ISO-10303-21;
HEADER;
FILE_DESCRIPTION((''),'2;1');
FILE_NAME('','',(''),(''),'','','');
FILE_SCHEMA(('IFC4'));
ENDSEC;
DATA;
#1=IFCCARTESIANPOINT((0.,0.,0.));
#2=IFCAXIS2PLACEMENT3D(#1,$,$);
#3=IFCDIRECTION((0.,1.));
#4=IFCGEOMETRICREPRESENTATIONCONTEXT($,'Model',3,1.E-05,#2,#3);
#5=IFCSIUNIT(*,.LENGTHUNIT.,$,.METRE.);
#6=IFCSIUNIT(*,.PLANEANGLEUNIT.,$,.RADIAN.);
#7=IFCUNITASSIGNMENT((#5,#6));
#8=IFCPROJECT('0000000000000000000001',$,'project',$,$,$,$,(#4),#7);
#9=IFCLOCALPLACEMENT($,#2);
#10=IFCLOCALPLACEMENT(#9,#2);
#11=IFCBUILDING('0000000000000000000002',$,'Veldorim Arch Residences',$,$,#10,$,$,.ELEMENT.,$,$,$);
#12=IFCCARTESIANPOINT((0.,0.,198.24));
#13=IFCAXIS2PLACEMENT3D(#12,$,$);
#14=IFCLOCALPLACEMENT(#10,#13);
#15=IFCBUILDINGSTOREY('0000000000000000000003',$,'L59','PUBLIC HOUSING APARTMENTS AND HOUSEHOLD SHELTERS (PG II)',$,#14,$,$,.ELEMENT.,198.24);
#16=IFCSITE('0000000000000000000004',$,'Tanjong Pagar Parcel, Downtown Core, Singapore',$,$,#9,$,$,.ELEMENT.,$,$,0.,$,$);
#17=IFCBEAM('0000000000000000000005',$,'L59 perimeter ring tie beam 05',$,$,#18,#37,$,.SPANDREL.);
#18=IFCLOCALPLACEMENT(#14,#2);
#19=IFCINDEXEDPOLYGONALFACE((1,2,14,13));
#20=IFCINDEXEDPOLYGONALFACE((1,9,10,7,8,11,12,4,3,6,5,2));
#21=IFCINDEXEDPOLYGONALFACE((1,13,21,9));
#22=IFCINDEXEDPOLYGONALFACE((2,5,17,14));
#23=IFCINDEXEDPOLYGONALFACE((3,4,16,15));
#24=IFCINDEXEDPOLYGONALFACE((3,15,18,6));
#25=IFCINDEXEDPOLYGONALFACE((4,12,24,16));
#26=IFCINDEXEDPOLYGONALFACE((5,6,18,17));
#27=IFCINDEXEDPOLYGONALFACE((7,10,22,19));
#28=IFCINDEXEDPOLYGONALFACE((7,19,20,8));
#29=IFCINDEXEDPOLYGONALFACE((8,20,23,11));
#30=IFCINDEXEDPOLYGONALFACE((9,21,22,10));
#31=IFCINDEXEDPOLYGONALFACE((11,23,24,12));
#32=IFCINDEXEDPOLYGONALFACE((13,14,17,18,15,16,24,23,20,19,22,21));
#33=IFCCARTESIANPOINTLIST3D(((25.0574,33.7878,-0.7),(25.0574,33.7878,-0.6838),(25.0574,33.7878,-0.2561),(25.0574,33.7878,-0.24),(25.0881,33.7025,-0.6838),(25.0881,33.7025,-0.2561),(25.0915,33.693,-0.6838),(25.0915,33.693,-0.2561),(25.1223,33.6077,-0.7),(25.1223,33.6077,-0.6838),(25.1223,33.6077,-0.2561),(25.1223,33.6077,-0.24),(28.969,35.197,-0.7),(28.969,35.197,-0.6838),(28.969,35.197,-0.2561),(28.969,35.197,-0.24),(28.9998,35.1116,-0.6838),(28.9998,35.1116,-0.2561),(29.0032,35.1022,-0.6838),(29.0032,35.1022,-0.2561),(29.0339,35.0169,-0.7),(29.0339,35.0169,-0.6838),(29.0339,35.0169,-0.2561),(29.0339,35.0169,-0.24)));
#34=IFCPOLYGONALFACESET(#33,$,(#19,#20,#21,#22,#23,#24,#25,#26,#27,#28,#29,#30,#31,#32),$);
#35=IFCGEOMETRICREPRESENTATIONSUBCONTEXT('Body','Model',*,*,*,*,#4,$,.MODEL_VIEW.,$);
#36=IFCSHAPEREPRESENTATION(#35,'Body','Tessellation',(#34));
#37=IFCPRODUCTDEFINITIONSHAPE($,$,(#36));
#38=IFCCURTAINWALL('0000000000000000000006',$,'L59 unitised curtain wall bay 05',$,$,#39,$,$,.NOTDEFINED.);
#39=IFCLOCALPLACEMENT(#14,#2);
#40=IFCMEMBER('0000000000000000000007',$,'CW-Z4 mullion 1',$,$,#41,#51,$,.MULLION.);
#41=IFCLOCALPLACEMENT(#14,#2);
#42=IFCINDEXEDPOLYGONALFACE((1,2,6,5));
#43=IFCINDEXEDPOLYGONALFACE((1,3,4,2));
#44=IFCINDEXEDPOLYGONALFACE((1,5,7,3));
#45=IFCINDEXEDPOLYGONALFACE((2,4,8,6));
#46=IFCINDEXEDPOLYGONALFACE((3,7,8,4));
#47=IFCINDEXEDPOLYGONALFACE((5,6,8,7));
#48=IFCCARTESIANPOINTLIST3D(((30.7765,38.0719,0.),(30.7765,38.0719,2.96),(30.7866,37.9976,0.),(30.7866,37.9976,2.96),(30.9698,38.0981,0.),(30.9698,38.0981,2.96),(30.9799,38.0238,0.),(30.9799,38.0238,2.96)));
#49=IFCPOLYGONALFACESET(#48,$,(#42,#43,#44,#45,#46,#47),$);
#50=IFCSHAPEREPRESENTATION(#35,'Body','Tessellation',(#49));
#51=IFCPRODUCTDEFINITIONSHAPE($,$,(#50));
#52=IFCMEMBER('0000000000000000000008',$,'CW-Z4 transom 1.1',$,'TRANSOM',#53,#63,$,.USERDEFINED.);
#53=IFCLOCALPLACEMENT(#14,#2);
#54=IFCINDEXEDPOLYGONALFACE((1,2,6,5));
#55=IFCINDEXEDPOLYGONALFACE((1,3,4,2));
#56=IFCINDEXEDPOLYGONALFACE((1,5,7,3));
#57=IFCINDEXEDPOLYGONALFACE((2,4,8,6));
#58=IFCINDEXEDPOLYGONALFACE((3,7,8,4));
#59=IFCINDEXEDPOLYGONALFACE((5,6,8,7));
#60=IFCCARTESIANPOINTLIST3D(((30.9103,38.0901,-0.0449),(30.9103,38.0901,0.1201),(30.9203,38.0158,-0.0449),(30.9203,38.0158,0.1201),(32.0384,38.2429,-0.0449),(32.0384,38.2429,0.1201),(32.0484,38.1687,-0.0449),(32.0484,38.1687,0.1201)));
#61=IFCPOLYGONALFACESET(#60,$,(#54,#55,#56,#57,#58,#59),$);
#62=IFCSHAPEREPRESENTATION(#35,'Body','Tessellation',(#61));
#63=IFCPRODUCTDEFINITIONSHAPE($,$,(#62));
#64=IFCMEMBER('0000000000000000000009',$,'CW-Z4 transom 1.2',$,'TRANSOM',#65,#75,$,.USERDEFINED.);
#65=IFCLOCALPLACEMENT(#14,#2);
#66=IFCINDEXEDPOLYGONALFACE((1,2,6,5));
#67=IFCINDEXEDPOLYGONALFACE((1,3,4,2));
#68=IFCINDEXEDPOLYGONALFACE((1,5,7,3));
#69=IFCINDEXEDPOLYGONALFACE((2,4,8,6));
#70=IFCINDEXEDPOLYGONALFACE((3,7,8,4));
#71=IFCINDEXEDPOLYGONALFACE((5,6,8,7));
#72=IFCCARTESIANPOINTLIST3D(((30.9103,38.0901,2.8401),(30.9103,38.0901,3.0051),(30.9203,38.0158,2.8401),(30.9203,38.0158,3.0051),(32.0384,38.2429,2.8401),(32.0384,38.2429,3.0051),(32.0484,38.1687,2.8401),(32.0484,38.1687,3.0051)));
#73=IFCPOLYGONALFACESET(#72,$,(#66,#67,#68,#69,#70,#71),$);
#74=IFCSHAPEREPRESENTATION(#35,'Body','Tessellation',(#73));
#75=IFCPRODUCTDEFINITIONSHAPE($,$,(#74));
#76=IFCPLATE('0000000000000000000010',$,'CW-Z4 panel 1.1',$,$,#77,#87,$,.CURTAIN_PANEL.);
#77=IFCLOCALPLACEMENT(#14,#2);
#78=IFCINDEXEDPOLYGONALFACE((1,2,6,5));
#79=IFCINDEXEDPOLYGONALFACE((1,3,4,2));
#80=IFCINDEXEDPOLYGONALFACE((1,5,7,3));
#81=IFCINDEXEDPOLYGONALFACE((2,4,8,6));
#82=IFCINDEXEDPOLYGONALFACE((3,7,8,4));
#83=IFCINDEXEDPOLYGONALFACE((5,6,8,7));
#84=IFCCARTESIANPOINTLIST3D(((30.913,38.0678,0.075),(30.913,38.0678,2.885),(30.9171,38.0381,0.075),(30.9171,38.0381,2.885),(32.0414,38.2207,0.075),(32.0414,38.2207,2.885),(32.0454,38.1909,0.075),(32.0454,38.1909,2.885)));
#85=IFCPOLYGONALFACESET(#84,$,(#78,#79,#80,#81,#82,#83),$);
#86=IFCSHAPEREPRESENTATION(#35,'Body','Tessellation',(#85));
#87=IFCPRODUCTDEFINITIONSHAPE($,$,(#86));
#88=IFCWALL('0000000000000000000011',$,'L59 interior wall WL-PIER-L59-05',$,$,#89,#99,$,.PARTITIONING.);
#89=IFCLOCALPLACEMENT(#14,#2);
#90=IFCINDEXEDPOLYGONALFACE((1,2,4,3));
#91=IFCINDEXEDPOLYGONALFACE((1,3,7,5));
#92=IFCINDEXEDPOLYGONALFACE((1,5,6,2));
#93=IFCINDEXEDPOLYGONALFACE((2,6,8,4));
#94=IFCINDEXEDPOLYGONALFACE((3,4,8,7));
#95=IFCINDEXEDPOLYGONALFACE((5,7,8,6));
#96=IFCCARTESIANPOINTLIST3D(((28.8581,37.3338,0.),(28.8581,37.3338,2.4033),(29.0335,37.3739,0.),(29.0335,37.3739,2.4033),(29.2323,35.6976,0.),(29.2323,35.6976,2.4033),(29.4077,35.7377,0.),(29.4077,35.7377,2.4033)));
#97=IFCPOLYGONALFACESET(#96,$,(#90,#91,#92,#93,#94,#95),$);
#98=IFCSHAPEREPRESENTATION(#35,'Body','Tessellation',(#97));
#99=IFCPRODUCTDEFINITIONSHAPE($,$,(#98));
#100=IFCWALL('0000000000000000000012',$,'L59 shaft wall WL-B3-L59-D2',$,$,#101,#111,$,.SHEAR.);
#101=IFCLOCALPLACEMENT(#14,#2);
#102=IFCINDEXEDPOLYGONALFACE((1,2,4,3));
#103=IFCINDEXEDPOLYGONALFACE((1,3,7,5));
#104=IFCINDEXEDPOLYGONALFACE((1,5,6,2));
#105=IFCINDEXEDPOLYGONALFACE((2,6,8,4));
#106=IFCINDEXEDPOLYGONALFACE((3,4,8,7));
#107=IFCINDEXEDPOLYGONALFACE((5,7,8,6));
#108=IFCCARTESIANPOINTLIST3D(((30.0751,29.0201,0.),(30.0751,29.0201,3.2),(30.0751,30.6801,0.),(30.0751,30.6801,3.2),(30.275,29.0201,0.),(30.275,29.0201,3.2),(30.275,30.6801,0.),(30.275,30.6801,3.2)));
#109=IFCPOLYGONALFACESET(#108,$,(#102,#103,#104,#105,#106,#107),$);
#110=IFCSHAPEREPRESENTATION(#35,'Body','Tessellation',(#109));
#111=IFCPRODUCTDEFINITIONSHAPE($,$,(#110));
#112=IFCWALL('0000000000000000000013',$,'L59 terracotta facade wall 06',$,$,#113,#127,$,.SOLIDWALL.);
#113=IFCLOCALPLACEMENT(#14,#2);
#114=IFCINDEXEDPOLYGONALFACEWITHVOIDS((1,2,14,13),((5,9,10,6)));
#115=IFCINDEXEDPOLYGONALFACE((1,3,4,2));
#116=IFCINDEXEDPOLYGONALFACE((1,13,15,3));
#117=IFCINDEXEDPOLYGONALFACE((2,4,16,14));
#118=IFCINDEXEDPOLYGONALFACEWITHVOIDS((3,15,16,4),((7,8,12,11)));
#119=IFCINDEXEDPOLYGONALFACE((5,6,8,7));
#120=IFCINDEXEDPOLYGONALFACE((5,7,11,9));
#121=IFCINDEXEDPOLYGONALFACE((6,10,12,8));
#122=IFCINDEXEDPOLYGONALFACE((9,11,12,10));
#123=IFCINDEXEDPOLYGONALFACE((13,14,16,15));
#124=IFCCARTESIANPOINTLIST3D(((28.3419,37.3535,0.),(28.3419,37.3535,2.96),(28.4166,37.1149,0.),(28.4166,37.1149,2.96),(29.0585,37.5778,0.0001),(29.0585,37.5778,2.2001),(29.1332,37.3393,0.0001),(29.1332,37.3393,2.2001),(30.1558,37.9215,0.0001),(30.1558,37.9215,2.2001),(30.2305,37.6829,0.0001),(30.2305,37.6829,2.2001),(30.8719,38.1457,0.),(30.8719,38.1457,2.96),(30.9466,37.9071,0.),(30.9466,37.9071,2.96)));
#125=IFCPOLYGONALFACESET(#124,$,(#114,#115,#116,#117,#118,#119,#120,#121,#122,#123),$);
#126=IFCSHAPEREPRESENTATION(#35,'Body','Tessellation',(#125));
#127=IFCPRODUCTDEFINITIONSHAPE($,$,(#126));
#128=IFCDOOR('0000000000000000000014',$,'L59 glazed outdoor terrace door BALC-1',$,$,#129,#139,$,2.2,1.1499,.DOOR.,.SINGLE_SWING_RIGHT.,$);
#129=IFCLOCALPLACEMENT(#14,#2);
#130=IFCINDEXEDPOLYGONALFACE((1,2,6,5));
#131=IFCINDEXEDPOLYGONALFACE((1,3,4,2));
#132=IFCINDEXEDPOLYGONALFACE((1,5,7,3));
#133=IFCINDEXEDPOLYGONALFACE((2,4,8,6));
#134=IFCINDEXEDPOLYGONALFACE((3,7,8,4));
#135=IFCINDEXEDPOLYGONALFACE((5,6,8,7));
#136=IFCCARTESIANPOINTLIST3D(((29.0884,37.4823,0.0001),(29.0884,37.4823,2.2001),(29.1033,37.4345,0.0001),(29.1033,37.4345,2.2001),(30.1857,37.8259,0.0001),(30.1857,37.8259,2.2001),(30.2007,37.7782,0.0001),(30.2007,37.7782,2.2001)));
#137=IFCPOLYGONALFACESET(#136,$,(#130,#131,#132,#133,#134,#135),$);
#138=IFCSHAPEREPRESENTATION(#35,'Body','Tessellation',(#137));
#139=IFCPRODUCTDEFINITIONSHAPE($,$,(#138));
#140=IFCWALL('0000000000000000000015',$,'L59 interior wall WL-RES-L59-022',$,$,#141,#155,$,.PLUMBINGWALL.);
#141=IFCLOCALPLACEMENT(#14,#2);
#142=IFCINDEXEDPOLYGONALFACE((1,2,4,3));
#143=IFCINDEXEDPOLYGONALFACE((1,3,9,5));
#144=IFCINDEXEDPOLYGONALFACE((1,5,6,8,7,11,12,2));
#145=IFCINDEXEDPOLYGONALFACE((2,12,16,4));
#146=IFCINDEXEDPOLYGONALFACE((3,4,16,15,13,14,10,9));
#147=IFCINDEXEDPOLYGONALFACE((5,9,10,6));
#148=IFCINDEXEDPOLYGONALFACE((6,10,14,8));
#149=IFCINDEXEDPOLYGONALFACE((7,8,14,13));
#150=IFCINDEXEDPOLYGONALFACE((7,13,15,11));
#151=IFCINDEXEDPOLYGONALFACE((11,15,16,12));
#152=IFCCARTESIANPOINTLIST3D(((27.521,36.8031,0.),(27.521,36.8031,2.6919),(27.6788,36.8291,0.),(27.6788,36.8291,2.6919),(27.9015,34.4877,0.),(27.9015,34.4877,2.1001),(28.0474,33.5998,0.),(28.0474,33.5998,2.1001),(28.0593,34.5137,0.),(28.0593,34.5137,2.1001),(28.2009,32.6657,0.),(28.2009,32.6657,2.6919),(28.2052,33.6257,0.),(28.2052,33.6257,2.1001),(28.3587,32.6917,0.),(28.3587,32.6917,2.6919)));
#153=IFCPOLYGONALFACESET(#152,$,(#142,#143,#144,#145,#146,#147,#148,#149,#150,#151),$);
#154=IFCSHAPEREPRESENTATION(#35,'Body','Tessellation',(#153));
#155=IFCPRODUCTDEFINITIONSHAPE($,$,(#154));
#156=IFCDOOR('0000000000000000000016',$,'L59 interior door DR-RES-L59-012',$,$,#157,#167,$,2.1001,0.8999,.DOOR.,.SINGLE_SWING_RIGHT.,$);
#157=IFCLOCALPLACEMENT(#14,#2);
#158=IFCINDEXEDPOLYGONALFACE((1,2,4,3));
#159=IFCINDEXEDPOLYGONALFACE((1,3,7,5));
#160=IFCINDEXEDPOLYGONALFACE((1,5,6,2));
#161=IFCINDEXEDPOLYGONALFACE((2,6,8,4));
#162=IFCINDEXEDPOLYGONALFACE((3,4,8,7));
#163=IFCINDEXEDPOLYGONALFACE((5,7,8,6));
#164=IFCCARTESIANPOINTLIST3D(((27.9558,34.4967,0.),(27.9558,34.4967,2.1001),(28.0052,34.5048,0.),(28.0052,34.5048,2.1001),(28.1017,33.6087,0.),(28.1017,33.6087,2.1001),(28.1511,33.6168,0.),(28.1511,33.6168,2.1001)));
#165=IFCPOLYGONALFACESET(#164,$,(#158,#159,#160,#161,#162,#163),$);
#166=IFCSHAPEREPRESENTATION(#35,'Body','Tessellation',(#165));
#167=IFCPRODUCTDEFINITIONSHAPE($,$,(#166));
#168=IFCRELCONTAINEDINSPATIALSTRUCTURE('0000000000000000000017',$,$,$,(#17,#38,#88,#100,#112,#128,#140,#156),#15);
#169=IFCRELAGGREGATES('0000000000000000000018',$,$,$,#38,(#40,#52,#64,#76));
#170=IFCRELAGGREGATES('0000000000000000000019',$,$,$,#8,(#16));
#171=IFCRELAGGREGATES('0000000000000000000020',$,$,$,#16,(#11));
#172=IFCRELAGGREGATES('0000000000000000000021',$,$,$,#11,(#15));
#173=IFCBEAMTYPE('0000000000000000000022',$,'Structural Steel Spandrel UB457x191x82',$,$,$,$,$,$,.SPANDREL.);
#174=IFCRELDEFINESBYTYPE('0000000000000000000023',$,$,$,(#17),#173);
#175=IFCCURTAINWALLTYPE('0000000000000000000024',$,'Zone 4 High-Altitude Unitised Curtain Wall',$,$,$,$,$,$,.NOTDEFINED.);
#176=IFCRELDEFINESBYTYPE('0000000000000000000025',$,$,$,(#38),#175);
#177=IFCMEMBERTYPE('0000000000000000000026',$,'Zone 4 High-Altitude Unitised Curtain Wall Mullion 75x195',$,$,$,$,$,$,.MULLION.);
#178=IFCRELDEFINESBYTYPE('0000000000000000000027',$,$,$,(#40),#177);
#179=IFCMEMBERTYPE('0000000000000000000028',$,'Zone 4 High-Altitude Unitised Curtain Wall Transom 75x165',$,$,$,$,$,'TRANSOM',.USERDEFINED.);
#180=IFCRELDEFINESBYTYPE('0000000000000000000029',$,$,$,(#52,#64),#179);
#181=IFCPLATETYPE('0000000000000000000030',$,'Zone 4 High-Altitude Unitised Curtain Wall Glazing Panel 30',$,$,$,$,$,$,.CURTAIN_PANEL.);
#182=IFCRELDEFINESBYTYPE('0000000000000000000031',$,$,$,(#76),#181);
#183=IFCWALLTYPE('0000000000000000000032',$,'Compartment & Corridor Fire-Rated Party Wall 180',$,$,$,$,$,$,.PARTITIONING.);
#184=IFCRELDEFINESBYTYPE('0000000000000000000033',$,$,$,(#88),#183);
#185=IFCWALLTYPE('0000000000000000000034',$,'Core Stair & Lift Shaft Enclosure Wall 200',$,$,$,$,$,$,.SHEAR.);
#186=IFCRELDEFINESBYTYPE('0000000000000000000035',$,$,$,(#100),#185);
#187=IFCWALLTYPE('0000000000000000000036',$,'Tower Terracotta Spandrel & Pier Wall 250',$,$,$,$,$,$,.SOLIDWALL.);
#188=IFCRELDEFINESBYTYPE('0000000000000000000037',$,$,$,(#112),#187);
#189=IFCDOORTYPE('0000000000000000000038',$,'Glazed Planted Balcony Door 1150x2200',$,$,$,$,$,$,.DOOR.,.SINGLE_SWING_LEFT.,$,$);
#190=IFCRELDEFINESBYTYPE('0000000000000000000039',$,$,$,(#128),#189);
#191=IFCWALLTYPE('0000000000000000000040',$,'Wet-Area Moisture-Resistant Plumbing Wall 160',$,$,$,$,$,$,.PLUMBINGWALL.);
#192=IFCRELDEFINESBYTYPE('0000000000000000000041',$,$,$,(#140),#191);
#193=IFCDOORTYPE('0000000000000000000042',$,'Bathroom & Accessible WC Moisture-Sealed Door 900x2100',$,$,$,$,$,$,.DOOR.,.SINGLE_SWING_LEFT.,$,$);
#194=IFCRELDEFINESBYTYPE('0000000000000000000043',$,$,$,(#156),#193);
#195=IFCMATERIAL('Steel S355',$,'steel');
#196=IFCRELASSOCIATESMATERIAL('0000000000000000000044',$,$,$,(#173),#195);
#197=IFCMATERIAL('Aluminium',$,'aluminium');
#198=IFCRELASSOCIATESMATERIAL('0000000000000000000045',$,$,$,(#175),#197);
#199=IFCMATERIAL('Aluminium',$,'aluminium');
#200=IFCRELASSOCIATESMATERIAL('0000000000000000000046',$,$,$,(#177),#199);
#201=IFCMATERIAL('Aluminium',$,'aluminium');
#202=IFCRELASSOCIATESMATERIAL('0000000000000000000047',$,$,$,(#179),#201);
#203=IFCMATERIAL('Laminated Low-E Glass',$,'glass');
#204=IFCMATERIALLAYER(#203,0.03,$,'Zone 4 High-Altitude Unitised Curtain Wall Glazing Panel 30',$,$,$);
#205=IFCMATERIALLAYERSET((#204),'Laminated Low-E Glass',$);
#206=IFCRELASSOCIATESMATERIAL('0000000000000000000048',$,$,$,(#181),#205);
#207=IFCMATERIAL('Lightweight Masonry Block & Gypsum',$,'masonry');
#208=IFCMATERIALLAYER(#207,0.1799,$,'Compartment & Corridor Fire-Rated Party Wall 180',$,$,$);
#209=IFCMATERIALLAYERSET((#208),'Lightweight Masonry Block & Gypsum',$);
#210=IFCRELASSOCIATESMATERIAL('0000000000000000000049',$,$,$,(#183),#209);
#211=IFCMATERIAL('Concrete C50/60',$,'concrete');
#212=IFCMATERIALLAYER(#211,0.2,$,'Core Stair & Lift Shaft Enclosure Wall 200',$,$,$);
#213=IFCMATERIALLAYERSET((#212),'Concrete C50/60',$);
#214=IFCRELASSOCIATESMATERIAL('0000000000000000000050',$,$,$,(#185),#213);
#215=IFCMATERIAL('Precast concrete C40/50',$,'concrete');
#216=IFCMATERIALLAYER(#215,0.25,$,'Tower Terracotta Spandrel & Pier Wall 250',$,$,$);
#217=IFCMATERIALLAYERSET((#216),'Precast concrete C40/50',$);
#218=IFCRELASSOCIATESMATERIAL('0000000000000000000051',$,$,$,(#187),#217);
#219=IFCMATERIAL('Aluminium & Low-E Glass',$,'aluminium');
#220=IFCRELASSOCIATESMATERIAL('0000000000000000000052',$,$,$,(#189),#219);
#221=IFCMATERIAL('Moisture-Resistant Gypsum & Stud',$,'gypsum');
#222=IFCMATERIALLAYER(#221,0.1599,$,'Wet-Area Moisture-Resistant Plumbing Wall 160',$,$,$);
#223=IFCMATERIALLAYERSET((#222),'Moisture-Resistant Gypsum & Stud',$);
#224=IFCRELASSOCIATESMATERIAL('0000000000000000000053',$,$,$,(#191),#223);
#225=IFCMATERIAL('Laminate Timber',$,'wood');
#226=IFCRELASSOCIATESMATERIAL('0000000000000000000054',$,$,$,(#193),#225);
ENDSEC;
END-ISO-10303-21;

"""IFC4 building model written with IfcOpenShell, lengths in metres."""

from ifc_helpers import new_model, si_unit, direction, frame, frame_2d, origin, origin_2d, place, context, subcontext, project, spatial, rectangle, i_section, extrude, material, layer, layer_set, material_profile, profile_set, type_object, element, fill, aggregate, save


model = new_model("IFC4")

# Units and contexts
model_context = context("Model", 3, precision=1e-05, world=origin(), true_north=direction((0.0, 1.0)))
body_context = subcontext(model_context, "Body", "Model", "MODEL_VIEW")
ifc_project = project(units=[si_unit("LENGTHUNIT", "METRE"), si_unit("PLANEANGLEUNIT", "RADIAN")], contexts=[model_context])

# Site, building, storey
site_placement = place(None, origin())
site = spatial("IfcSite", under=ifc_project, at=site_placement, Name="Tanjong Pagar Parcel, Downtown Core, Singapore", CompositionType="ELEMENT", RefElevation=0.0)
building_placement = place(site_placement, origin())
building = spatial("IfcBuilding", under=site, at=building_placement, Name="Veldorim Arch Residences", CompositionType="ELEMENT")
storey_placement = place(building_placement, frame((0.0, 0.0, 198.24)))
storey = spatial("IfcBuildingStorey", under=building, at=storey_placement, Name="L59", Description="PUBLIC HOUSING APARTMENTS AND HOUSEHOLD SHELTERS (PG II)", CompositionType="ELEMENT", Elevation=198.24)

# Beam
ifc_material_1 = material(Name="Steel S355", Category="steel")
ifc_material_profile_1 = material_profile(ifc_material_1, i_section(OverallWidth=0.1914, OverallDepth=0.46, WebThickness=0.01, FlangeThickness=0.0161, at=origin_2d()), Name="UB457x191x82")
ifc_profile_set_1 = profile_set([ifc_material_profile_1], Name="Steel S355")
beam_type_1 = type_object("IfcBeamType", Name="Structural Steel Spandrel UB457x191x82", PredefinedType="SPANDREL", material=ifc_profile_set_1)
beam_1_placement = place(storey_placement, frame((29.0015, 35.1069, -0.47), z_axis=(-0.940811, -0.338932, 0.0), x_axis=(0.338932, -0.940811, 0.0)))
element("IfcBeam", 1, at=beam_1_placement, inside=storey, type_object=beam_type_1, Name="L59 perimeter ring tie beam 05", PredefinedType="SPANDREL", context=body_context, shape_type="SweptSolid", body=[
    extrude(i_section(OverallWidth=0.1914, OverallDepth=0.46, WebThickness=0.01, FlangeThickness=0.0161, at=origin_2d()), origin(), (0.0, 0.0, 1.0), 4.1577),
])

# Curtain wall, members, plate
ifc_material_2 = material(Name="Aluminium", Category="aluminium")
curtain_wall_type = type_object("IfcCurtainWallType", Name="Zone 4 High-Altitude Unitised Curtain Wall", PredefinedType="NOTDEFINED", material=ifc_material_2)
curtain_wall_placement = place(storey_placement, origin())
curtain_wall = element("IfcCurtainWall", 2, at=curtain_wall_placement, inside=storey, type_object=curtain_wall_type, Name="L59 unitised curtain wall bay 05", PredefinedType="NOTDEFINED")
ifc_material_3 = material(Name="Aluminium", Category="aluminium")
ifc_material_profile_2 = material_profile(ifc_material_3, rectangle(XDim=0.075, YDim=0.1951, at=origin_2d()), Name="ALU_MUL_75x195")
ifc_profile_set_2 = profile_set([ifc_material_profile_2], Name="Aluminium")
member_type_1 = type_object("IfcMemberType", Name="Zone 4 High-Altitude Unitised Curtain Wall Mullion 75x195", PredefinedType="MULLION", material=ifc_profile_set_2)
member_1_placement = place(storey_placement, frame((30.8782, 38.0479, 0.0), z_axis=(0.0, 0.0, 1.0), x_axis=(-0.134245, 0.990948, 0.0)))
member_1 = element("IfcMember", 3, at=member_1_placement, type_object=member_type_1, Name="CW-Z4 mullion 1", PredefinedType="MULLION", context=body_context, shape_type="SweptSolid", body=[
    extrude(rectangle(XDim=0.075, YDim=0.1951, at=origin_2d()), origin(), (0.0, 0.0, 1.0), 2.96),
])
ifc_material_4 = material(Name="Aluminium", Category="aluminium")
ifc_material_profile_3 = material_profile(ifc_material_4, rectangle(XDim=0.075, YDim=0.165, at=origin_2d()), Name="ALU_TRN_75x165")
ifc_profile_set_3 = profile_set([ifc_material_profile_3], Name="Aluminium")
member_type_2 = type_object("IfcMemberType", Name="Zone 4 High-Altitude Unitised Curtain Wall Transom 75x165", ElementType="TRANSOM", PredefinedType="USERDEFINED", material=ifc_profile_set_3)
member_2_placement = place(storey_placement, frame((30.9153, 38.053, 0.0376), z_axis=(0.990949, 0.134242, 0.0), x_axis=(-0.134242, 0.990949, 0.0)))
member_2 = element("IfcMember", 4, at=member_2_placement, type_object=member_type_2, Name="CW-Z4 transom 1.1", ObjectType="TRANSOM", PredefinedType="USERDEFINED", context=body_context, shape_type="SweptSolid", body=[
    extrude(rectangle(XDim=0.075, YDim=0.165, at=origin_2d()), origin(), (0.0, 0.0, 1.0), 1.1384),
])
member_3_placement = place(storey_placement, frame((30.9153, 38.053, 2.9226), z_axis=(0.990949, 0.134242, 0.0), x_axis=(-0.134242, 0.990949, 0.0)))
member_3 = element("IfcMember", 5, at=member_3_placement, type_object=member_type_2, Name="CW-Z4 transom 1.2", ObjectType="TRANSOM", PredefinedType="USERDEFINED", context=body_context, shape_type="SweptSolid", body=[
    extrude(rectangle(XDim=0.075, YDim=0.165, at=origin_2d()), origin(), (0.0, 0.0, 1.0), 1.1384),
])
ifc_material_5 = material(Name="Laminated Low-E Glass", Category="glass")
ifc_layer_1 = layer(ifc_material_5, 0.03, Name="Zone 4 High-Altitude Unitised Curtain Wall Glazing Panel 30")
ifc_layer_set_1 = layer_set([ifc_layer_1], Name="Laminated Low-E Glass")
plate_type = type_object("IfcPlateType", Name="Zone 4 High-Altitude Unitised Curtain Wall Glazing Panel 30", PredefinedType="CURTAIN_PANEL", material=ifc_layer_set_1)
plate_placement = place(storey_placement, frame((31.4792, 38.1294, 0.075), z_axis=(0.0, 0.0, 1.0), x_axis=(0.990948, 0.134245, 0.0)))
plate = element("IfcPlate", 6, at=plate_placement, type_object=plate_type, Name="CW-Z4 panel 1.1", PredefinedType="CURTAIN_PANEL", context=body_context, shape_type="SweptSolid", body=[
    extrude(rectangle(XDim=1.1387, YDim=0.03, at=origin_2d()), origin(), (0.0, 0.0, 1.0), 2.8101),
])
aggregate(curtain_wall, [member_1, member_2, member_3, plate])

# Walls
ifc_material_6 = material(Name="Lightweight Masonry Block & Gypsum", Category="masonry")
ifc_layer_2 = layer(ifc_material_6, 0.1799, Name="Compartment & Corridor Fire-Rated Party Wall 180")
ifc_layer_set_2 = layer_set([ifc_layer_2], Name="Lightweight Masonry Block & Gypsum")
wall_type_1 = type_object("IfcWallType", Name="Compartment & Corridor Fire-Rated Party Wall 180", PredefinedType="PARTITIONING", material=ifc_layer_set_2)
wall_1_placement = place(storey_placement, frame((29.3201, 35.7175, 0.0), z_axis=(0.0, 0.0, 1.0), x_axis=(-0.222979, 0.974823, 0.0)))
element("IfcWall", 7, at=wall_1_placement, inside=storey, type_object=wall_type_1, Name="L59 interior wall WL-PIER-L59-05", PredefinedType="PARTITIONING", context=body_context, shape_type="SweptSolid", body=[
    extrude(rectangle(XDim=1.6785, YDim=0.1799, at=frame_2d((0.8394, 0.0))), origin(), (0.0, 0.0, 1.0), 2.4033),
])
ifc_material_7 = material(Name="Concrete C50/60", Category="concrete")
ifc_layer_3 = layer(ifc_material_7, 0.2, Name="Core Stair & Lift Shaft Enclosure Wall 200")
ifc_layer_set_3 = layer_set([ifc_layer_3], Name="Concrete C50/60")
wall_type_2 = type_object("IfcWallType", Name="Core Stair & Lift Shaft Enclosure Wall 200", PredefinedType="SHEAR", material=ifc_layer_set_3)
wall_2_placement = place(storey_placement, frame((30.175, 29.02, 0.0), z_axis=(0.0, 0.0, 1.0), x_axis=(0.0, 1.0, 0.0)))
element("IfcWall", 8, at=wall_2_placement, inside=storey, type_object=wall_type_2, Name="L59 shaft wall WL-B3-L59-D2", PredefinedType="SHEAR", context=body_context, shape_type="SweptSolid", body=[
    extrude(rectangle(XDim=1.6599, YDim=0.2, at=frame_2d((0.8301, 0.0))), origin(), (0.0, 0.0, 1.0), 3.2),
])

# Walls, openings, doors
ifc_material_8 = material(Name="Precast concrete C40/50", Category="concrete")
ifc_layer_4 = layer(ifc_material_8, 0.25, Name="Tower Terracotta Spandrel & Pier Wall 250")
ifc_layer_set_4 = layer_set([ifc_layer_4], Name="Precast concrete C40/50")
wall_type_3 = type_object("IfcWallType", Name="Tower Terracotta Spandrel & Pier Wall 250", PredefinedType="SOLIDWALL", material=ifc_layer_set_4)
wall_3_placement = place(storey_placement, frame((28.3792, 37.2341, 0.0), z_axis=(0.0, 0.0, 1.0), x_axis=(0.954308, 0.298826, 0.0)))
wall_3 = element("IfcWall", 9, at=wall_3_placement, inside=storey, type_object=wall_type_3, Name="L59 terracotta facade wall 06", PredefinedType="SOLIDWALL", context=body_context, shape_type="SweptSolid", body=[
    extrude(rectangle(XDim=2.6511, YDim=0.25, at=frame_2d((1.3257, 0.0))), origin(), (0.0, 0.0, 1.0), 2.96),
])
opening_1_placement = place(wall_3_placement, frame((0.751, 0.0, 0.0)))
opening_1 = element("IfcOpeningElement", 10, at=opening_1_placement, cuts=wall_3, PredefinedType="OPENING", context=body_context, shape_type="SweptSolid", body=[
    extrude(rectangle(XDim=1.1499, YDim=2.2, at=frame_2d((0.575, 1.1001))), frame((0.0, 0.135, 0.0), z_axis=(0.0, -1.0, 0.0), x_axis=(1.0, 0.0, 0.0)), (0.0, 0.0, 1.0), 0.27),
])
ifc_material_9 = material(Name="Aluminium & Low-E Glass", Category="aluminium")
door_type_1 = type_object("IfcDoorType", Name="Glazed Planted Balcony Door 1150x2200", OperationType="SINGLE_SWING_LEFT", PredefinedType="DOOR", material=ifc_material_9)
door_1_placement = place(opening_1_placement, origin())
door_1 = element("IfcDoor", 11, at=door_1_placement, inside=storey, type_object=door_type_1, Name="L59 glazed outdoor terrace door BALC-1", OperationType="SINGLE_SWING_RIGHT", OverallHeight=2.2, OverallWidth=1.1499, PredefinedType="DOOR", context=body_context, shape_type="SweptSolid", body=[
    extrude(rectangle(XDim=1.1499, YDim=2.2, at=frame_2d((0.575, 1.1001))), frame((0.0, 0.0249, 0.0), z_axis=(0.0, -1.0, 0.0), x_axis=(1.0, 0.0, 0.0)), (0.0, 0.0, 1.0), 0.05),
])
fill(opening_1, door_1)
ifc_material_10 = material(Name="Moisture-Resistant Gypsum & Stud", Category="gypsum")
ifc_layer_5 = layer(ifc_material_10, 0.1599, Name="Wet-Area Moisture-Resistant Plumbing Wall 160")
ifc_layer_set_5 = layer_set([ifc_layer_5], Name="Moisture-Resistant Gypsum & Stud")
wall_type_4 = type_object("IfcWallType", Name="Wet-Area Moisture-Resistant Plumbing Wall 160", PredefinedType="PLUMBINGWALL", material=ifc_layer_set_5)
wall_4_placement = place(storey_placement, frame((28.2798, 32.6787, 0.0), z_axis=(0.0, 0.0, 1.0), x_axis=(-0.162161, 0.986764, 0.0)))
wall_4 = element("IfcWall", 12, at=wall_4_placement, inside=storey, type_object=wall_type_4, Name="L59 interior wall WL-RES-L59-022", PredefinedType="PLUMBINGWALL", context=body_context, shape_type="SweptSolid", body=[
    extrude(rectangle(XDim=4.1929, YDim=0.1599, at=frame_2d((2.0964, 0.0))), origin(), (0.0, 0.0, 1.0), 2.6919),
])
opening_2_placement = place(wall_4_placement, frame((0.9465, 0.0, 0.0)))
opening_2 = element("IfcOpeningElement", 13, at=opening_2_placement, cuts=wall_4, PredefinedType="OPENING", context=body_context, shape_type="SweptSolid", body=[
    extrude(rectangle(XDim=0.8999, YDim=2.1001, at=frame_2d((0.45, 1.05))), frame((0.0, 0.0898, 0.0), z_axis=(0.0, -1.0, 0.0), x_axis=(1.0, 0.0, 0.0)), (0.0, 0.0, 1.0), 0.1799),
])
ifc_material_11 = material(Name="Laminate Timber", Category="wood")
door_type_2 = type_object("IfcDoorType", Name="Bathroom & Accessible WC Moisture-Sealed Door 900x2100", OperationType="SINGLE_SWING_LEFT", PredefinedType="DOOR", material=ifc_material_11)
door_2_placement = place(opening_2_placement, origin())
door_2 = element("IfcDoor", 14, at=door_2_placement, inside=storey, type_object=door_type_2, Name="L59 interior door DR-RES-L59-012", OperationType="SINGLE_SWING_RIGHT", OverallHeight=2.1001, OverallWidth=0.8999, PredefinedType="DOOR", context=body_context, shape_type="SweptSolid", body=[
    extrude(rectangle(XDim=0.8999, YDim=2.1001, at=frame_2d((0.45, 1.05))), frame((0.0, 0.0249, 0.0), z_axis=(0.0, -1.0, 0.0), x_axis=(1.0, 0.0, 0.0)), (0.0, 0.0, 1.0), 0.05),
])
fill(opening_2, door_2)

save(model, "model.ifc")
